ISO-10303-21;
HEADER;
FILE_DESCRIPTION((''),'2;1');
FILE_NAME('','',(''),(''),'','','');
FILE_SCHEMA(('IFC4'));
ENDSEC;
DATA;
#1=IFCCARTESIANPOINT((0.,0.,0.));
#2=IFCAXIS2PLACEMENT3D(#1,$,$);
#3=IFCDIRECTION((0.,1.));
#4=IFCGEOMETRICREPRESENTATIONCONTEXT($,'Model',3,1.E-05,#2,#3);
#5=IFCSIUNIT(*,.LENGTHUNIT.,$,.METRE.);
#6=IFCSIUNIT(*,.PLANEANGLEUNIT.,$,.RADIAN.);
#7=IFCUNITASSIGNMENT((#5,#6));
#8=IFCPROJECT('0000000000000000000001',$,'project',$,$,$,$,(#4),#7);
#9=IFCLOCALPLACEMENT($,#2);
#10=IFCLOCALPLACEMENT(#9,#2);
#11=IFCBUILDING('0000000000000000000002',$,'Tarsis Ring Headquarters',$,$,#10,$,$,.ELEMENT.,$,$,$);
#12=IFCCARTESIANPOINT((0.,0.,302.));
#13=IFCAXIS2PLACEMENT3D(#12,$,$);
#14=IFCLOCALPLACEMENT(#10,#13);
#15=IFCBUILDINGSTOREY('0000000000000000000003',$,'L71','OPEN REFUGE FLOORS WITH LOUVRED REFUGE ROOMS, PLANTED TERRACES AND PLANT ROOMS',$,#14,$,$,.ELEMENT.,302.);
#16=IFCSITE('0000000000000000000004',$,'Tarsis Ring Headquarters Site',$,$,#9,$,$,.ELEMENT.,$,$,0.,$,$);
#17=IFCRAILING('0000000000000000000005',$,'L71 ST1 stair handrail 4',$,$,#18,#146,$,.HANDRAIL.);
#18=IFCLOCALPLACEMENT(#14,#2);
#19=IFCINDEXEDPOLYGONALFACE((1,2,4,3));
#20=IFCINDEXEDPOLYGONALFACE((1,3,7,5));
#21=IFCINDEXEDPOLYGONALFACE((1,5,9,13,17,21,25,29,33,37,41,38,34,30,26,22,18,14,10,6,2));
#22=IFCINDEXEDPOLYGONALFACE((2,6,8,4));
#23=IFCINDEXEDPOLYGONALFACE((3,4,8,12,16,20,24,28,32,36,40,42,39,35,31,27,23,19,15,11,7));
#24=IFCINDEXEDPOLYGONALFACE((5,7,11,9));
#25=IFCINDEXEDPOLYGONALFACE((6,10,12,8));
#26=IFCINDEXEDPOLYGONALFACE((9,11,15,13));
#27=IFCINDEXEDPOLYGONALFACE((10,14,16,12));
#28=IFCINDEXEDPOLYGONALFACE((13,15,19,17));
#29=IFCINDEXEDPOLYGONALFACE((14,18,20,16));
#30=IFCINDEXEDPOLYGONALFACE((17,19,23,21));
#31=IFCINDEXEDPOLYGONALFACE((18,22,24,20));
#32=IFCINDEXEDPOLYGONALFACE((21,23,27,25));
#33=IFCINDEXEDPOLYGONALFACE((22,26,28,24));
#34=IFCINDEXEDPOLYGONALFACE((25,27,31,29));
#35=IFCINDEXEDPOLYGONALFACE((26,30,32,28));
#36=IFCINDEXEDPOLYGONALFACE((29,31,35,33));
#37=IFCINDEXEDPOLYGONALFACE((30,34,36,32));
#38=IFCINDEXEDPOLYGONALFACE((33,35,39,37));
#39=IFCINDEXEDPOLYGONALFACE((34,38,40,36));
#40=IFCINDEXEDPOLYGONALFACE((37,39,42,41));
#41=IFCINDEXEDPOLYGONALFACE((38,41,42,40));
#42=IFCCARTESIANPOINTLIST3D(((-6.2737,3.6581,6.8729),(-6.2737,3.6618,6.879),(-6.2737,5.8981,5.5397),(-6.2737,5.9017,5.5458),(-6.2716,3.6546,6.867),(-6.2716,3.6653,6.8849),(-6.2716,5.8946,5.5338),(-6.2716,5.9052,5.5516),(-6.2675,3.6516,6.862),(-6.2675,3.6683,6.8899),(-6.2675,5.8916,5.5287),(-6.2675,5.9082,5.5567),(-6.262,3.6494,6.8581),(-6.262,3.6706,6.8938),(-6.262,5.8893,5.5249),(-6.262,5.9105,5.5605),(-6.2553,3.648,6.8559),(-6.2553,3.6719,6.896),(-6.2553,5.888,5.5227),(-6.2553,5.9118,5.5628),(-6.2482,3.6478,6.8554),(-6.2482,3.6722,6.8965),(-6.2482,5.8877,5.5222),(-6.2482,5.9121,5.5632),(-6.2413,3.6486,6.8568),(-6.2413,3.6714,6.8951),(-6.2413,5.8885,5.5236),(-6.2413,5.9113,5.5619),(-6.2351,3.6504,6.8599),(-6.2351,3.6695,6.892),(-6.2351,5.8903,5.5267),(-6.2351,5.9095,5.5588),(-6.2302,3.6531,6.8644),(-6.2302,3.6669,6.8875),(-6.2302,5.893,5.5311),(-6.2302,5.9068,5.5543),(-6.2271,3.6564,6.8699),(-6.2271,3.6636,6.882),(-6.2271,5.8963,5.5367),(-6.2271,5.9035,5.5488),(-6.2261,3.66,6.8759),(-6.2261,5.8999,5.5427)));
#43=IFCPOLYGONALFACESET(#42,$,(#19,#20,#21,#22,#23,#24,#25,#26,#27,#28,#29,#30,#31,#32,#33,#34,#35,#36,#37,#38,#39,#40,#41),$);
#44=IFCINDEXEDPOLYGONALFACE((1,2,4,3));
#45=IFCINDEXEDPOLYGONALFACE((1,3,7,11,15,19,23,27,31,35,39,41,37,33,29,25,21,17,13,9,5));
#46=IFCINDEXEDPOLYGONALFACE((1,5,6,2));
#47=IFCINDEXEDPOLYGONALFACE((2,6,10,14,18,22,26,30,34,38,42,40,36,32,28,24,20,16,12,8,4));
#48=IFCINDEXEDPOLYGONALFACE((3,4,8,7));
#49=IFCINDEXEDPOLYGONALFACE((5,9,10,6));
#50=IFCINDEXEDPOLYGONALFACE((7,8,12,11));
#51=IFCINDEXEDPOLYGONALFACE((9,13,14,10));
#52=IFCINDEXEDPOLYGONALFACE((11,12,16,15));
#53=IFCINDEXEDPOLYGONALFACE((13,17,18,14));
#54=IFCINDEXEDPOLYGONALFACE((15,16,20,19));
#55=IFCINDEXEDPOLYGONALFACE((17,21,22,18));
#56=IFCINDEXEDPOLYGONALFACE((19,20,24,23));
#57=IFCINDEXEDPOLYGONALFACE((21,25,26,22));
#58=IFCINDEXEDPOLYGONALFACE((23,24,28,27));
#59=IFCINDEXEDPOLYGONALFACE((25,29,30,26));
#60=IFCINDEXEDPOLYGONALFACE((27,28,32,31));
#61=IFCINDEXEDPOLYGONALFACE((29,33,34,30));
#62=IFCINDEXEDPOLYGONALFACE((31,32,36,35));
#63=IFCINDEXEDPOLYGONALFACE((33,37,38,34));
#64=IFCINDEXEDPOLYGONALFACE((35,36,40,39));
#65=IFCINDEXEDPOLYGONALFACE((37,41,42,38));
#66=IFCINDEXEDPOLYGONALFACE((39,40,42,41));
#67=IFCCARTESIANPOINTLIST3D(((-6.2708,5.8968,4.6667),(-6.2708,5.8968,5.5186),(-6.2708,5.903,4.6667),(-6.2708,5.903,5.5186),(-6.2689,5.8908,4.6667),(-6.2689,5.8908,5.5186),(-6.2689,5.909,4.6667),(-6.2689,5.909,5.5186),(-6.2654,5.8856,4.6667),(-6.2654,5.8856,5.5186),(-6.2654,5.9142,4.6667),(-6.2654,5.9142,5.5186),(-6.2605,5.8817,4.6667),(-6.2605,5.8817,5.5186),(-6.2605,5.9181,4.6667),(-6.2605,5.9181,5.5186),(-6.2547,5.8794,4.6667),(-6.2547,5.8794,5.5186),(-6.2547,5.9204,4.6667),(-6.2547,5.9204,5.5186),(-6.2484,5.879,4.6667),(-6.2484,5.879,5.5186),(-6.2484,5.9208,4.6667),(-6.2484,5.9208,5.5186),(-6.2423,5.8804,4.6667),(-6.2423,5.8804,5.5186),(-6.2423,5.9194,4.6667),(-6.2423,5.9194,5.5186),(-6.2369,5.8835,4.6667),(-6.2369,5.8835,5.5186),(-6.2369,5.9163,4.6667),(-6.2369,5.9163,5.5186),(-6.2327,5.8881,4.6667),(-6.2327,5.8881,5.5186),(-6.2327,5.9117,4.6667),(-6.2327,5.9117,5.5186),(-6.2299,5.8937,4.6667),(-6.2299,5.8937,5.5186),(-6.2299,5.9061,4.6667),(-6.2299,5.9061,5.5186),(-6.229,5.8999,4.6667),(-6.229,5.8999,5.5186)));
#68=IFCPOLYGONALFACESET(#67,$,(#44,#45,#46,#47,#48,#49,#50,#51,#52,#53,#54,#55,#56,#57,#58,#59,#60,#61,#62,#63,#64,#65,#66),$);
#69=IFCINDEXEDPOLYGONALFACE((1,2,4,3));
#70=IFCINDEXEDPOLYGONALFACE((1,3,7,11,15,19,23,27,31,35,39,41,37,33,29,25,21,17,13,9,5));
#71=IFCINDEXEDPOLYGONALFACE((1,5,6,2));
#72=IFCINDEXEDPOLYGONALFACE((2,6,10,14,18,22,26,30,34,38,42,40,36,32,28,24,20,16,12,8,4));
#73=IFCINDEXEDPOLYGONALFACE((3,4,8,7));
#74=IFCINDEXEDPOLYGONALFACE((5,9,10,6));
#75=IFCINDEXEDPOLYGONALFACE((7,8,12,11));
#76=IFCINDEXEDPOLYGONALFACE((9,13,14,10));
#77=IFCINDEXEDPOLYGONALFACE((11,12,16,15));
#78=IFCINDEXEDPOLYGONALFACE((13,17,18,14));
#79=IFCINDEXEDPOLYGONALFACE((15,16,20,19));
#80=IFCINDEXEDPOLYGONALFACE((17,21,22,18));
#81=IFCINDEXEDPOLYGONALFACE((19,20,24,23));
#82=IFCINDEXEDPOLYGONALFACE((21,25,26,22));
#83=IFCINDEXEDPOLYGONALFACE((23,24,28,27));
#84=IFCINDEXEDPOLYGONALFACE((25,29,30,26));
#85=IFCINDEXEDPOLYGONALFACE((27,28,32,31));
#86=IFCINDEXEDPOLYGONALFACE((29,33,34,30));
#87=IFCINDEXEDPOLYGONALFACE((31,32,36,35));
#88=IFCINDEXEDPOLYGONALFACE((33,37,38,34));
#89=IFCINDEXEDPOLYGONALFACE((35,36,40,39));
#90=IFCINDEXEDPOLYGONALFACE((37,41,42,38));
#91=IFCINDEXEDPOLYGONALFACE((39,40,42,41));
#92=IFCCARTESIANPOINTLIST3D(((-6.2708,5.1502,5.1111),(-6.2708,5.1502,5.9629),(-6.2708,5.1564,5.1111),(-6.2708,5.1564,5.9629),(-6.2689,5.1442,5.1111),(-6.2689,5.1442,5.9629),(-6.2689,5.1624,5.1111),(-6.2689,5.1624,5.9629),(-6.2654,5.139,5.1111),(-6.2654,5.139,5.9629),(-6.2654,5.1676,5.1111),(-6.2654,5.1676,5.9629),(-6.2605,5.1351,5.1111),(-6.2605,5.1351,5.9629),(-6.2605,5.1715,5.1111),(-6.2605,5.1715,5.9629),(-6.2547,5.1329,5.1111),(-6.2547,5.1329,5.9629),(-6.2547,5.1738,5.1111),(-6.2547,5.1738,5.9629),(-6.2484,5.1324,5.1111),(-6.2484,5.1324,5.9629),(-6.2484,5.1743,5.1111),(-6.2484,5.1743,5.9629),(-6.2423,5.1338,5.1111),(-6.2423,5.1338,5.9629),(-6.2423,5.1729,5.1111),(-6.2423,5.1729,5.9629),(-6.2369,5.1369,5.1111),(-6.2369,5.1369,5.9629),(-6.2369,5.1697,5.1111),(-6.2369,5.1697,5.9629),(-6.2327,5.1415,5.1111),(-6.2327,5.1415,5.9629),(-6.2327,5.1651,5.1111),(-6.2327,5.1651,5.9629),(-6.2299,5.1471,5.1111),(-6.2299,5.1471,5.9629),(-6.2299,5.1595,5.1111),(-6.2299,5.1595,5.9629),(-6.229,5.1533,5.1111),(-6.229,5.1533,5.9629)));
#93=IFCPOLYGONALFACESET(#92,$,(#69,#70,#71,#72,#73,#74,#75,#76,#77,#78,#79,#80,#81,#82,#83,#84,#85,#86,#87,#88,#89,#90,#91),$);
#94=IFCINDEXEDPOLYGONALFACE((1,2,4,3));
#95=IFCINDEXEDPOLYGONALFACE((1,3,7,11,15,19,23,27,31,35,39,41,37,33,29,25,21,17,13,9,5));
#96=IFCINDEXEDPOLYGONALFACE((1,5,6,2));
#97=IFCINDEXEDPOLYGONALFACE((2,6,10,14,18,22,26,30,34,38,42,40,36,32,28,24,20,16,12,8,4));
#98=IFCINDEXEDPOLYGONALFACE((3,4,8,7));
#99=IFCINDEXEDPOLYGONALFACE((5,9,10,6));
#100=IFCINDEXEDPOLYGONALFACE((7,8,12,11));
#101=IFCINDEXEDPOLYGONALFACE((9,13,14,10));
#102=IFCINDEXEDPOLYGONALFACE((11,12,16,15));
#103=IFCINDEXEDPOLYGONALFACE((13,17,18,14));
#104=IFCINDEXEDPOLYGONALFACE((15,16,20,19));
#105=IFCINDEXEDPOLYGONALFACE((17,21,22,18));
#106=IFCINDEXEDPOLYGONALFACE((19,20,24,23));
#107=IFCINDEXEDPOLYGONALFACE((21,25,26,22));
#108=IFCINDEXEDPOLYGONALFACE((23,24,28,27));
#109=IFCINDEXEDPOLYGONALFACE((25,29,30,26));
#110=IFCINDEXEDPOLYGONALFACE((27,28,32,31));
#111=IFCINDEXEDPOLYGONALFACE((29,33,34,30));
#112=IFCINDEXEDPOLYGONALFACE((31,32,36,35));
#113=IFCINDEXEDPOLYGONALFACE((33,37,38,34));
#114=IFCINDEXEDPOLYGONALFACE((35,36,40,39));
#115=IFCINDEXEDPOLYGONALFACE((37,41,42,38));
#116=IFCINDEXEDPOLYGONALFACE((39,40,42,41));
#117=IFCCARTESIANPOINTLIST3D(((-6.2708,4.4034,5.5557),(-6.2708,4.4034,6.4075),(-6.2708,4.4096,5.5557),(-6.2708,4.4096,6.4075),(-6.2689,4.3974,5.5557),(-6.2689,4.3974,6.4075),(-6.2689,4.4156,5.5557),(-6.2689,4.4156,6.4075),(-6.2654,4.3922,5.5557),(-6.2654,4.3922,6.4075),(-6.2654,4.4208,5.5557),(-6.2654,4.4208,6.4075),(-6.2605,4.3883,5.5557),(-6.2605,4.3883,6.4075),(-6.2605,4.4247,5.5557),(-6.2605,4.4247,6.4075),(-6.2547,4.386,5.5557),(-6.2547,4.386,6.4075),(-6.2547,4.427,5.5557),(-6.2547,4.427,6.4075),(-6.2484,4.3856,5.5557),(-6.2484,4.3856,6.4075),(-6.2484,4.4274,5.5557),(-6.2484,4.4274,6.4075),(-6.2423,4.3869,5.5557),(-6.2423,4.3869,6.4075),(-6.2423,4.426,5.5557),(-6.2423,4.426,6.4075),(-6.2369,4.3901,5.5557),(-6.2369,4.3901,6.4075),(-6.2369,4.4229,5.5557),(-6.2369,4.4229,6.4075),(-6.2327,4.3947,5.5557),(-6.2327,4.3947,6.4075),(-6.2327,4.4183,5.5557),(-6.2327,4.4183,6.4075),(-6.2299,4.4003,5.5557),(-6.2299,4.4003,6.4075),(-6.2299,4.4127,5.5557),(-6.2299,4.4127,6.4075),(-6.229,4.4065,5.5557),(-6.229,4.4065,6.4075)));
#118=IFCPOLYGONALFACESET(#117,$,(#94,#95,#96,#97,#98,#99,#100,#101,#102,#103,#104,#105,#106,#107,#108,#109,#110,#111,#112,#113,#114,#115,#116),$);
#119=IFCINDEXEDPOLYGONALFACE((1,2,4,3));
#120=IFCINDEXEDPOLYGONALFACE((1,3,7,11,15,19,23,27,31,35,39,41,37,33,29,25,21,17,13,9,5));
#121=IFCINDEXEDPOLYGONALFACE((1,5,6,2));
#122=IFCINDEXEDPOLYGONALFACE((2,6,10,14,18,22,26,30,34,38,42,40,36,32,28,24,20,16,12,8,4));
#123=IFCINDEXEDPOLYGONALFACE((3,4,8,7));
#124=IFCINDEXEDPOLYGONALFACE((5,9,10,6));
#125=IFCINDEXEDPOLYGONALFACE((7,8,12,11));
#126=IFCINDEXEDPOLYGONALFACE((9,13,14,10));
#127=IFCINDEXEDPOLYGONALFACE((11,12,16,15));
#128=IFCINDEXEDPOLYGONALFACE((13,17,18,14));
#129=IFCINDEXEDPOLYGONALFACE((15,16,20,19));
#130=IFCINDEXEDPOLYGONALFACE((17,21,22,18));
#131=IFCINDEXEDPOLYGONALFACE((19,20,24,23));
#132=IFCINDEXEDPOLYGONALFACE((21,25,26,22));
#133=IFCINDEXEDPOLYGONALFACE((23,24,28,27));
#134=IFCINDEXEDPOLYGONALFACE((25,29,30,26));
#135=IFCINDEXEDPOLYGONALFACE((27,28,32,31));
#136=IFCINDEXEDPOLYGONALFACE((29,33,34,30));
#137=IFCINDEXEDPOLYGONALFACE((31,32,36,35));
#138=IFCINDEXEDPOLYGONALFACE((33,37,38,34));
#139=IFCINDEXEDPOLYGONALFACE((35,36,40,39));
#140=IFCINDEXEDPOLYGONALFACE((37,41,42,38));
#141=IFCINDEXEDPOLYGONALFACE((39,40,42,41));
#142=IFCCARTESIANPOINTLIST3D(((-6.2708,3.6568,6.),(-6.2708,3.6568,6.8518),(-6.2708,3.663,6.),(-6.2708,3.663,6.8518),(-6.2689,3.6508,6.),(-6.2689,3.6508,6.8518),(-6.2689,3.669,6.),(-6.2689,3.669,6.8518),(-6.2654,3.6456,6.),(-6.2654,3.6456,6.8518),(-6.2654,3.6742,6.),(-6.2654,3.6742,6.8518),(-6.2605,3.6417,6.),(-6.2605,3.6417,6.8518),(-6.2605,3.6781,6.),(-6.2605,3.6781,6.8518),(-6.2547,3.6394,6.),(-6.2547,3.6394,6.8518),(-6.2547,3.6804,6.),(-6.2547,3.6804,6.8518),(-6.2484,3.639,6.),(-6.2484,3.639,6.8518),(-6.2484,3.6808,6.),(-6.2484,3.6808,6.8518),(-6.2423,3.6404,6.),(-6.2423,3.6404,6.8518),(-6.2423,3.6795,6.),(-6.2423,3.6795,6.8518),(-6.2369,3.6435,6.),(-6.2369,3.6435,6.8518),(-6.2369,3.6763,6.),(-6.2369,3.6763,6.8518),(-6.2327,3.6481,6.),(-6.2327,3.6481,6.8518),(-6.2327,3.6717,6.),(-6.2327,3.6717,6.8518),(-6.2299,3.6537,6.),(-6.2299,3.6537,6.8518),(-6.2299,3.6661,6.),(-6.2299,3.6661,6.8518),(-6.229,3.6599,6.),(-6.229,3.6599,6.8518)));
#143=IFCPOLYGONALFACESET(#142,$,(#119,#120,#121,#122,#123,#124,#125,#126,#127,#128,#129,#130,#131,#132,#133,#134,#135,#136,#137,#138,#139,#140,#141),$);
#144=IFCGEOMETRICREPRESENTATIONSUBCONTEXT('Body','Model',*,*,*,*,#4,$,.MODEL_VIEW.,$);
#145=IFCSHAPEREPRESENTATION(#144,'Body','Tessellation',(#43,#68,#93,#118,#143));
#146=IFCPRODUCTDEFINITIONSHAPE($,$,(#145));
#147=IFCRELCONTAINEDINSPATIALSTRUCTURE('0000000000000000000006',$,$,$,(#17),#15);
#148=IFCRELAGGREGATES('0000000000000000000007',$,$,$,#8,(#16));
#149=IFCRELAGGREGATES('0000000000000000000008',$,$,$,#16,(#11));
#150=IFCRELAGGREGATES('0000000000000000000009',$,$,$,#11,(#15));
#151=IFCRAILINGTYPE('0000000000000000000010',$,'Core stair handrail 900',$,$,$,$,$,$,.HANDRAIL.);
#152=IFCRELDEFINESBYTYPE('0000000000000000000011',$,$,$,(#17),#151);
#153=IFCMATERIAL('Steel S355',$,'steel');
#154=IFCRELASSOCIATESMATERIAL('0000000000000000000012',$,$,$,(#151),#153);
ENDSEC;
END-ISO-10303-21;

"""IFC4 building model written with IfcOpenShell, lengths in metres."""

from ifc_helpers import new_model, si_unit, direction, frame, origin, origin_2d, place, context, subcontext, project, spatial, circle, extrude, material, type_object, element, save


model = new_model("IFC4")

# Units and contexts
model_context = context("Model", 3, precision=1e-05, world=origin(), true_north=direction((0.0, 1.0)))
body_context = subcontext(model_context, "Body", "Model", "MODEL_VIEW")
ifc_project = project(units=[si_unit("LENGTHUNIT", "METRE"), si_unit("PLANEANGLEUNIT", "RADIAN")], contexts=[model_context])

# Site, building, storey
site_placement = place(None, origin())
site = spatial("IfcSite", under=ifc_project, at=site_placement, Name="Tarsis Ring Headquarters Site", CompositionType="ELEMENT", RefElevation=0.0)
building_placement = place(site_placement, origin())
building = spatial("IfcBuilding", under=site, at=building_placement, Name="Tarsis Ring Headquarters", CompositionType="ELEMENT")
storey_placement = place(building_placement, frame((0.0, 0.0, 302.0)))
storey = spatial("IfcBuildingStorey", under=building, at=storey_placement, Name="L71", Description="OPEN REFUGE FLOORS WITH LOUVRED REFUGE ROOMS, PLANTED TERRACES AND PLANT ROOMS", CompositionType="ELEMENT", Elevation=302.0)

# Shared definitions
ifc_material_1 = material(Name="Steel S355", Category="steel")

# Railing
railing_type_1 = type_object("IfcRailingType", Name="Core stair handrail 900", PredefinedType="HANDRAIL", material=ifc_material_1)
for number, where, name in (
    (1, (-6.25, 5.8999, 4.6667), "L71 ST1 stair handrail 4"),
):
    element("IfcRailing", number, at=place(storey_placement, frame(where)), inside=storey, type_object=railing_type_1, Name=name, PredefinedType="HANDRAIL", context=body_context, shape_type="SweptSolid", body=[
        extrude(circle(Radius=0.0239, at=origin_2d()), frame((0.0, 0.0, 0.876), z_axis=(0.0, -0.859306, 0.511462), x_axis=(1.0, 0.0, 0.0)), (0.0, 0.0, 1.0), 2.6067),
        extrude(circle(Radius=0.021, at=origin_2d()), origin(), (0.0, 0.0, 1.0), 0.8518),
        extrude(circle(Radius=0.021, at=origin_2d()), frame((0.0, -0.7466, 0.4443)), (0.0, 0.0, 1.0), 0.8518),
        extrude(circle(Radius=0.021, at=origin_2d()), frame((0.0, -1.4934, 0.8889)), (0.0, 0.0, 1.0), 0.8518),
        extrude(circle(Radius=0.021, at=origin_2d()), frame((0.0, -2.24, 1.3333)), (0.0, 0.0, 1.0), 0.8518),
    ])

save(model, "model.ifc")
